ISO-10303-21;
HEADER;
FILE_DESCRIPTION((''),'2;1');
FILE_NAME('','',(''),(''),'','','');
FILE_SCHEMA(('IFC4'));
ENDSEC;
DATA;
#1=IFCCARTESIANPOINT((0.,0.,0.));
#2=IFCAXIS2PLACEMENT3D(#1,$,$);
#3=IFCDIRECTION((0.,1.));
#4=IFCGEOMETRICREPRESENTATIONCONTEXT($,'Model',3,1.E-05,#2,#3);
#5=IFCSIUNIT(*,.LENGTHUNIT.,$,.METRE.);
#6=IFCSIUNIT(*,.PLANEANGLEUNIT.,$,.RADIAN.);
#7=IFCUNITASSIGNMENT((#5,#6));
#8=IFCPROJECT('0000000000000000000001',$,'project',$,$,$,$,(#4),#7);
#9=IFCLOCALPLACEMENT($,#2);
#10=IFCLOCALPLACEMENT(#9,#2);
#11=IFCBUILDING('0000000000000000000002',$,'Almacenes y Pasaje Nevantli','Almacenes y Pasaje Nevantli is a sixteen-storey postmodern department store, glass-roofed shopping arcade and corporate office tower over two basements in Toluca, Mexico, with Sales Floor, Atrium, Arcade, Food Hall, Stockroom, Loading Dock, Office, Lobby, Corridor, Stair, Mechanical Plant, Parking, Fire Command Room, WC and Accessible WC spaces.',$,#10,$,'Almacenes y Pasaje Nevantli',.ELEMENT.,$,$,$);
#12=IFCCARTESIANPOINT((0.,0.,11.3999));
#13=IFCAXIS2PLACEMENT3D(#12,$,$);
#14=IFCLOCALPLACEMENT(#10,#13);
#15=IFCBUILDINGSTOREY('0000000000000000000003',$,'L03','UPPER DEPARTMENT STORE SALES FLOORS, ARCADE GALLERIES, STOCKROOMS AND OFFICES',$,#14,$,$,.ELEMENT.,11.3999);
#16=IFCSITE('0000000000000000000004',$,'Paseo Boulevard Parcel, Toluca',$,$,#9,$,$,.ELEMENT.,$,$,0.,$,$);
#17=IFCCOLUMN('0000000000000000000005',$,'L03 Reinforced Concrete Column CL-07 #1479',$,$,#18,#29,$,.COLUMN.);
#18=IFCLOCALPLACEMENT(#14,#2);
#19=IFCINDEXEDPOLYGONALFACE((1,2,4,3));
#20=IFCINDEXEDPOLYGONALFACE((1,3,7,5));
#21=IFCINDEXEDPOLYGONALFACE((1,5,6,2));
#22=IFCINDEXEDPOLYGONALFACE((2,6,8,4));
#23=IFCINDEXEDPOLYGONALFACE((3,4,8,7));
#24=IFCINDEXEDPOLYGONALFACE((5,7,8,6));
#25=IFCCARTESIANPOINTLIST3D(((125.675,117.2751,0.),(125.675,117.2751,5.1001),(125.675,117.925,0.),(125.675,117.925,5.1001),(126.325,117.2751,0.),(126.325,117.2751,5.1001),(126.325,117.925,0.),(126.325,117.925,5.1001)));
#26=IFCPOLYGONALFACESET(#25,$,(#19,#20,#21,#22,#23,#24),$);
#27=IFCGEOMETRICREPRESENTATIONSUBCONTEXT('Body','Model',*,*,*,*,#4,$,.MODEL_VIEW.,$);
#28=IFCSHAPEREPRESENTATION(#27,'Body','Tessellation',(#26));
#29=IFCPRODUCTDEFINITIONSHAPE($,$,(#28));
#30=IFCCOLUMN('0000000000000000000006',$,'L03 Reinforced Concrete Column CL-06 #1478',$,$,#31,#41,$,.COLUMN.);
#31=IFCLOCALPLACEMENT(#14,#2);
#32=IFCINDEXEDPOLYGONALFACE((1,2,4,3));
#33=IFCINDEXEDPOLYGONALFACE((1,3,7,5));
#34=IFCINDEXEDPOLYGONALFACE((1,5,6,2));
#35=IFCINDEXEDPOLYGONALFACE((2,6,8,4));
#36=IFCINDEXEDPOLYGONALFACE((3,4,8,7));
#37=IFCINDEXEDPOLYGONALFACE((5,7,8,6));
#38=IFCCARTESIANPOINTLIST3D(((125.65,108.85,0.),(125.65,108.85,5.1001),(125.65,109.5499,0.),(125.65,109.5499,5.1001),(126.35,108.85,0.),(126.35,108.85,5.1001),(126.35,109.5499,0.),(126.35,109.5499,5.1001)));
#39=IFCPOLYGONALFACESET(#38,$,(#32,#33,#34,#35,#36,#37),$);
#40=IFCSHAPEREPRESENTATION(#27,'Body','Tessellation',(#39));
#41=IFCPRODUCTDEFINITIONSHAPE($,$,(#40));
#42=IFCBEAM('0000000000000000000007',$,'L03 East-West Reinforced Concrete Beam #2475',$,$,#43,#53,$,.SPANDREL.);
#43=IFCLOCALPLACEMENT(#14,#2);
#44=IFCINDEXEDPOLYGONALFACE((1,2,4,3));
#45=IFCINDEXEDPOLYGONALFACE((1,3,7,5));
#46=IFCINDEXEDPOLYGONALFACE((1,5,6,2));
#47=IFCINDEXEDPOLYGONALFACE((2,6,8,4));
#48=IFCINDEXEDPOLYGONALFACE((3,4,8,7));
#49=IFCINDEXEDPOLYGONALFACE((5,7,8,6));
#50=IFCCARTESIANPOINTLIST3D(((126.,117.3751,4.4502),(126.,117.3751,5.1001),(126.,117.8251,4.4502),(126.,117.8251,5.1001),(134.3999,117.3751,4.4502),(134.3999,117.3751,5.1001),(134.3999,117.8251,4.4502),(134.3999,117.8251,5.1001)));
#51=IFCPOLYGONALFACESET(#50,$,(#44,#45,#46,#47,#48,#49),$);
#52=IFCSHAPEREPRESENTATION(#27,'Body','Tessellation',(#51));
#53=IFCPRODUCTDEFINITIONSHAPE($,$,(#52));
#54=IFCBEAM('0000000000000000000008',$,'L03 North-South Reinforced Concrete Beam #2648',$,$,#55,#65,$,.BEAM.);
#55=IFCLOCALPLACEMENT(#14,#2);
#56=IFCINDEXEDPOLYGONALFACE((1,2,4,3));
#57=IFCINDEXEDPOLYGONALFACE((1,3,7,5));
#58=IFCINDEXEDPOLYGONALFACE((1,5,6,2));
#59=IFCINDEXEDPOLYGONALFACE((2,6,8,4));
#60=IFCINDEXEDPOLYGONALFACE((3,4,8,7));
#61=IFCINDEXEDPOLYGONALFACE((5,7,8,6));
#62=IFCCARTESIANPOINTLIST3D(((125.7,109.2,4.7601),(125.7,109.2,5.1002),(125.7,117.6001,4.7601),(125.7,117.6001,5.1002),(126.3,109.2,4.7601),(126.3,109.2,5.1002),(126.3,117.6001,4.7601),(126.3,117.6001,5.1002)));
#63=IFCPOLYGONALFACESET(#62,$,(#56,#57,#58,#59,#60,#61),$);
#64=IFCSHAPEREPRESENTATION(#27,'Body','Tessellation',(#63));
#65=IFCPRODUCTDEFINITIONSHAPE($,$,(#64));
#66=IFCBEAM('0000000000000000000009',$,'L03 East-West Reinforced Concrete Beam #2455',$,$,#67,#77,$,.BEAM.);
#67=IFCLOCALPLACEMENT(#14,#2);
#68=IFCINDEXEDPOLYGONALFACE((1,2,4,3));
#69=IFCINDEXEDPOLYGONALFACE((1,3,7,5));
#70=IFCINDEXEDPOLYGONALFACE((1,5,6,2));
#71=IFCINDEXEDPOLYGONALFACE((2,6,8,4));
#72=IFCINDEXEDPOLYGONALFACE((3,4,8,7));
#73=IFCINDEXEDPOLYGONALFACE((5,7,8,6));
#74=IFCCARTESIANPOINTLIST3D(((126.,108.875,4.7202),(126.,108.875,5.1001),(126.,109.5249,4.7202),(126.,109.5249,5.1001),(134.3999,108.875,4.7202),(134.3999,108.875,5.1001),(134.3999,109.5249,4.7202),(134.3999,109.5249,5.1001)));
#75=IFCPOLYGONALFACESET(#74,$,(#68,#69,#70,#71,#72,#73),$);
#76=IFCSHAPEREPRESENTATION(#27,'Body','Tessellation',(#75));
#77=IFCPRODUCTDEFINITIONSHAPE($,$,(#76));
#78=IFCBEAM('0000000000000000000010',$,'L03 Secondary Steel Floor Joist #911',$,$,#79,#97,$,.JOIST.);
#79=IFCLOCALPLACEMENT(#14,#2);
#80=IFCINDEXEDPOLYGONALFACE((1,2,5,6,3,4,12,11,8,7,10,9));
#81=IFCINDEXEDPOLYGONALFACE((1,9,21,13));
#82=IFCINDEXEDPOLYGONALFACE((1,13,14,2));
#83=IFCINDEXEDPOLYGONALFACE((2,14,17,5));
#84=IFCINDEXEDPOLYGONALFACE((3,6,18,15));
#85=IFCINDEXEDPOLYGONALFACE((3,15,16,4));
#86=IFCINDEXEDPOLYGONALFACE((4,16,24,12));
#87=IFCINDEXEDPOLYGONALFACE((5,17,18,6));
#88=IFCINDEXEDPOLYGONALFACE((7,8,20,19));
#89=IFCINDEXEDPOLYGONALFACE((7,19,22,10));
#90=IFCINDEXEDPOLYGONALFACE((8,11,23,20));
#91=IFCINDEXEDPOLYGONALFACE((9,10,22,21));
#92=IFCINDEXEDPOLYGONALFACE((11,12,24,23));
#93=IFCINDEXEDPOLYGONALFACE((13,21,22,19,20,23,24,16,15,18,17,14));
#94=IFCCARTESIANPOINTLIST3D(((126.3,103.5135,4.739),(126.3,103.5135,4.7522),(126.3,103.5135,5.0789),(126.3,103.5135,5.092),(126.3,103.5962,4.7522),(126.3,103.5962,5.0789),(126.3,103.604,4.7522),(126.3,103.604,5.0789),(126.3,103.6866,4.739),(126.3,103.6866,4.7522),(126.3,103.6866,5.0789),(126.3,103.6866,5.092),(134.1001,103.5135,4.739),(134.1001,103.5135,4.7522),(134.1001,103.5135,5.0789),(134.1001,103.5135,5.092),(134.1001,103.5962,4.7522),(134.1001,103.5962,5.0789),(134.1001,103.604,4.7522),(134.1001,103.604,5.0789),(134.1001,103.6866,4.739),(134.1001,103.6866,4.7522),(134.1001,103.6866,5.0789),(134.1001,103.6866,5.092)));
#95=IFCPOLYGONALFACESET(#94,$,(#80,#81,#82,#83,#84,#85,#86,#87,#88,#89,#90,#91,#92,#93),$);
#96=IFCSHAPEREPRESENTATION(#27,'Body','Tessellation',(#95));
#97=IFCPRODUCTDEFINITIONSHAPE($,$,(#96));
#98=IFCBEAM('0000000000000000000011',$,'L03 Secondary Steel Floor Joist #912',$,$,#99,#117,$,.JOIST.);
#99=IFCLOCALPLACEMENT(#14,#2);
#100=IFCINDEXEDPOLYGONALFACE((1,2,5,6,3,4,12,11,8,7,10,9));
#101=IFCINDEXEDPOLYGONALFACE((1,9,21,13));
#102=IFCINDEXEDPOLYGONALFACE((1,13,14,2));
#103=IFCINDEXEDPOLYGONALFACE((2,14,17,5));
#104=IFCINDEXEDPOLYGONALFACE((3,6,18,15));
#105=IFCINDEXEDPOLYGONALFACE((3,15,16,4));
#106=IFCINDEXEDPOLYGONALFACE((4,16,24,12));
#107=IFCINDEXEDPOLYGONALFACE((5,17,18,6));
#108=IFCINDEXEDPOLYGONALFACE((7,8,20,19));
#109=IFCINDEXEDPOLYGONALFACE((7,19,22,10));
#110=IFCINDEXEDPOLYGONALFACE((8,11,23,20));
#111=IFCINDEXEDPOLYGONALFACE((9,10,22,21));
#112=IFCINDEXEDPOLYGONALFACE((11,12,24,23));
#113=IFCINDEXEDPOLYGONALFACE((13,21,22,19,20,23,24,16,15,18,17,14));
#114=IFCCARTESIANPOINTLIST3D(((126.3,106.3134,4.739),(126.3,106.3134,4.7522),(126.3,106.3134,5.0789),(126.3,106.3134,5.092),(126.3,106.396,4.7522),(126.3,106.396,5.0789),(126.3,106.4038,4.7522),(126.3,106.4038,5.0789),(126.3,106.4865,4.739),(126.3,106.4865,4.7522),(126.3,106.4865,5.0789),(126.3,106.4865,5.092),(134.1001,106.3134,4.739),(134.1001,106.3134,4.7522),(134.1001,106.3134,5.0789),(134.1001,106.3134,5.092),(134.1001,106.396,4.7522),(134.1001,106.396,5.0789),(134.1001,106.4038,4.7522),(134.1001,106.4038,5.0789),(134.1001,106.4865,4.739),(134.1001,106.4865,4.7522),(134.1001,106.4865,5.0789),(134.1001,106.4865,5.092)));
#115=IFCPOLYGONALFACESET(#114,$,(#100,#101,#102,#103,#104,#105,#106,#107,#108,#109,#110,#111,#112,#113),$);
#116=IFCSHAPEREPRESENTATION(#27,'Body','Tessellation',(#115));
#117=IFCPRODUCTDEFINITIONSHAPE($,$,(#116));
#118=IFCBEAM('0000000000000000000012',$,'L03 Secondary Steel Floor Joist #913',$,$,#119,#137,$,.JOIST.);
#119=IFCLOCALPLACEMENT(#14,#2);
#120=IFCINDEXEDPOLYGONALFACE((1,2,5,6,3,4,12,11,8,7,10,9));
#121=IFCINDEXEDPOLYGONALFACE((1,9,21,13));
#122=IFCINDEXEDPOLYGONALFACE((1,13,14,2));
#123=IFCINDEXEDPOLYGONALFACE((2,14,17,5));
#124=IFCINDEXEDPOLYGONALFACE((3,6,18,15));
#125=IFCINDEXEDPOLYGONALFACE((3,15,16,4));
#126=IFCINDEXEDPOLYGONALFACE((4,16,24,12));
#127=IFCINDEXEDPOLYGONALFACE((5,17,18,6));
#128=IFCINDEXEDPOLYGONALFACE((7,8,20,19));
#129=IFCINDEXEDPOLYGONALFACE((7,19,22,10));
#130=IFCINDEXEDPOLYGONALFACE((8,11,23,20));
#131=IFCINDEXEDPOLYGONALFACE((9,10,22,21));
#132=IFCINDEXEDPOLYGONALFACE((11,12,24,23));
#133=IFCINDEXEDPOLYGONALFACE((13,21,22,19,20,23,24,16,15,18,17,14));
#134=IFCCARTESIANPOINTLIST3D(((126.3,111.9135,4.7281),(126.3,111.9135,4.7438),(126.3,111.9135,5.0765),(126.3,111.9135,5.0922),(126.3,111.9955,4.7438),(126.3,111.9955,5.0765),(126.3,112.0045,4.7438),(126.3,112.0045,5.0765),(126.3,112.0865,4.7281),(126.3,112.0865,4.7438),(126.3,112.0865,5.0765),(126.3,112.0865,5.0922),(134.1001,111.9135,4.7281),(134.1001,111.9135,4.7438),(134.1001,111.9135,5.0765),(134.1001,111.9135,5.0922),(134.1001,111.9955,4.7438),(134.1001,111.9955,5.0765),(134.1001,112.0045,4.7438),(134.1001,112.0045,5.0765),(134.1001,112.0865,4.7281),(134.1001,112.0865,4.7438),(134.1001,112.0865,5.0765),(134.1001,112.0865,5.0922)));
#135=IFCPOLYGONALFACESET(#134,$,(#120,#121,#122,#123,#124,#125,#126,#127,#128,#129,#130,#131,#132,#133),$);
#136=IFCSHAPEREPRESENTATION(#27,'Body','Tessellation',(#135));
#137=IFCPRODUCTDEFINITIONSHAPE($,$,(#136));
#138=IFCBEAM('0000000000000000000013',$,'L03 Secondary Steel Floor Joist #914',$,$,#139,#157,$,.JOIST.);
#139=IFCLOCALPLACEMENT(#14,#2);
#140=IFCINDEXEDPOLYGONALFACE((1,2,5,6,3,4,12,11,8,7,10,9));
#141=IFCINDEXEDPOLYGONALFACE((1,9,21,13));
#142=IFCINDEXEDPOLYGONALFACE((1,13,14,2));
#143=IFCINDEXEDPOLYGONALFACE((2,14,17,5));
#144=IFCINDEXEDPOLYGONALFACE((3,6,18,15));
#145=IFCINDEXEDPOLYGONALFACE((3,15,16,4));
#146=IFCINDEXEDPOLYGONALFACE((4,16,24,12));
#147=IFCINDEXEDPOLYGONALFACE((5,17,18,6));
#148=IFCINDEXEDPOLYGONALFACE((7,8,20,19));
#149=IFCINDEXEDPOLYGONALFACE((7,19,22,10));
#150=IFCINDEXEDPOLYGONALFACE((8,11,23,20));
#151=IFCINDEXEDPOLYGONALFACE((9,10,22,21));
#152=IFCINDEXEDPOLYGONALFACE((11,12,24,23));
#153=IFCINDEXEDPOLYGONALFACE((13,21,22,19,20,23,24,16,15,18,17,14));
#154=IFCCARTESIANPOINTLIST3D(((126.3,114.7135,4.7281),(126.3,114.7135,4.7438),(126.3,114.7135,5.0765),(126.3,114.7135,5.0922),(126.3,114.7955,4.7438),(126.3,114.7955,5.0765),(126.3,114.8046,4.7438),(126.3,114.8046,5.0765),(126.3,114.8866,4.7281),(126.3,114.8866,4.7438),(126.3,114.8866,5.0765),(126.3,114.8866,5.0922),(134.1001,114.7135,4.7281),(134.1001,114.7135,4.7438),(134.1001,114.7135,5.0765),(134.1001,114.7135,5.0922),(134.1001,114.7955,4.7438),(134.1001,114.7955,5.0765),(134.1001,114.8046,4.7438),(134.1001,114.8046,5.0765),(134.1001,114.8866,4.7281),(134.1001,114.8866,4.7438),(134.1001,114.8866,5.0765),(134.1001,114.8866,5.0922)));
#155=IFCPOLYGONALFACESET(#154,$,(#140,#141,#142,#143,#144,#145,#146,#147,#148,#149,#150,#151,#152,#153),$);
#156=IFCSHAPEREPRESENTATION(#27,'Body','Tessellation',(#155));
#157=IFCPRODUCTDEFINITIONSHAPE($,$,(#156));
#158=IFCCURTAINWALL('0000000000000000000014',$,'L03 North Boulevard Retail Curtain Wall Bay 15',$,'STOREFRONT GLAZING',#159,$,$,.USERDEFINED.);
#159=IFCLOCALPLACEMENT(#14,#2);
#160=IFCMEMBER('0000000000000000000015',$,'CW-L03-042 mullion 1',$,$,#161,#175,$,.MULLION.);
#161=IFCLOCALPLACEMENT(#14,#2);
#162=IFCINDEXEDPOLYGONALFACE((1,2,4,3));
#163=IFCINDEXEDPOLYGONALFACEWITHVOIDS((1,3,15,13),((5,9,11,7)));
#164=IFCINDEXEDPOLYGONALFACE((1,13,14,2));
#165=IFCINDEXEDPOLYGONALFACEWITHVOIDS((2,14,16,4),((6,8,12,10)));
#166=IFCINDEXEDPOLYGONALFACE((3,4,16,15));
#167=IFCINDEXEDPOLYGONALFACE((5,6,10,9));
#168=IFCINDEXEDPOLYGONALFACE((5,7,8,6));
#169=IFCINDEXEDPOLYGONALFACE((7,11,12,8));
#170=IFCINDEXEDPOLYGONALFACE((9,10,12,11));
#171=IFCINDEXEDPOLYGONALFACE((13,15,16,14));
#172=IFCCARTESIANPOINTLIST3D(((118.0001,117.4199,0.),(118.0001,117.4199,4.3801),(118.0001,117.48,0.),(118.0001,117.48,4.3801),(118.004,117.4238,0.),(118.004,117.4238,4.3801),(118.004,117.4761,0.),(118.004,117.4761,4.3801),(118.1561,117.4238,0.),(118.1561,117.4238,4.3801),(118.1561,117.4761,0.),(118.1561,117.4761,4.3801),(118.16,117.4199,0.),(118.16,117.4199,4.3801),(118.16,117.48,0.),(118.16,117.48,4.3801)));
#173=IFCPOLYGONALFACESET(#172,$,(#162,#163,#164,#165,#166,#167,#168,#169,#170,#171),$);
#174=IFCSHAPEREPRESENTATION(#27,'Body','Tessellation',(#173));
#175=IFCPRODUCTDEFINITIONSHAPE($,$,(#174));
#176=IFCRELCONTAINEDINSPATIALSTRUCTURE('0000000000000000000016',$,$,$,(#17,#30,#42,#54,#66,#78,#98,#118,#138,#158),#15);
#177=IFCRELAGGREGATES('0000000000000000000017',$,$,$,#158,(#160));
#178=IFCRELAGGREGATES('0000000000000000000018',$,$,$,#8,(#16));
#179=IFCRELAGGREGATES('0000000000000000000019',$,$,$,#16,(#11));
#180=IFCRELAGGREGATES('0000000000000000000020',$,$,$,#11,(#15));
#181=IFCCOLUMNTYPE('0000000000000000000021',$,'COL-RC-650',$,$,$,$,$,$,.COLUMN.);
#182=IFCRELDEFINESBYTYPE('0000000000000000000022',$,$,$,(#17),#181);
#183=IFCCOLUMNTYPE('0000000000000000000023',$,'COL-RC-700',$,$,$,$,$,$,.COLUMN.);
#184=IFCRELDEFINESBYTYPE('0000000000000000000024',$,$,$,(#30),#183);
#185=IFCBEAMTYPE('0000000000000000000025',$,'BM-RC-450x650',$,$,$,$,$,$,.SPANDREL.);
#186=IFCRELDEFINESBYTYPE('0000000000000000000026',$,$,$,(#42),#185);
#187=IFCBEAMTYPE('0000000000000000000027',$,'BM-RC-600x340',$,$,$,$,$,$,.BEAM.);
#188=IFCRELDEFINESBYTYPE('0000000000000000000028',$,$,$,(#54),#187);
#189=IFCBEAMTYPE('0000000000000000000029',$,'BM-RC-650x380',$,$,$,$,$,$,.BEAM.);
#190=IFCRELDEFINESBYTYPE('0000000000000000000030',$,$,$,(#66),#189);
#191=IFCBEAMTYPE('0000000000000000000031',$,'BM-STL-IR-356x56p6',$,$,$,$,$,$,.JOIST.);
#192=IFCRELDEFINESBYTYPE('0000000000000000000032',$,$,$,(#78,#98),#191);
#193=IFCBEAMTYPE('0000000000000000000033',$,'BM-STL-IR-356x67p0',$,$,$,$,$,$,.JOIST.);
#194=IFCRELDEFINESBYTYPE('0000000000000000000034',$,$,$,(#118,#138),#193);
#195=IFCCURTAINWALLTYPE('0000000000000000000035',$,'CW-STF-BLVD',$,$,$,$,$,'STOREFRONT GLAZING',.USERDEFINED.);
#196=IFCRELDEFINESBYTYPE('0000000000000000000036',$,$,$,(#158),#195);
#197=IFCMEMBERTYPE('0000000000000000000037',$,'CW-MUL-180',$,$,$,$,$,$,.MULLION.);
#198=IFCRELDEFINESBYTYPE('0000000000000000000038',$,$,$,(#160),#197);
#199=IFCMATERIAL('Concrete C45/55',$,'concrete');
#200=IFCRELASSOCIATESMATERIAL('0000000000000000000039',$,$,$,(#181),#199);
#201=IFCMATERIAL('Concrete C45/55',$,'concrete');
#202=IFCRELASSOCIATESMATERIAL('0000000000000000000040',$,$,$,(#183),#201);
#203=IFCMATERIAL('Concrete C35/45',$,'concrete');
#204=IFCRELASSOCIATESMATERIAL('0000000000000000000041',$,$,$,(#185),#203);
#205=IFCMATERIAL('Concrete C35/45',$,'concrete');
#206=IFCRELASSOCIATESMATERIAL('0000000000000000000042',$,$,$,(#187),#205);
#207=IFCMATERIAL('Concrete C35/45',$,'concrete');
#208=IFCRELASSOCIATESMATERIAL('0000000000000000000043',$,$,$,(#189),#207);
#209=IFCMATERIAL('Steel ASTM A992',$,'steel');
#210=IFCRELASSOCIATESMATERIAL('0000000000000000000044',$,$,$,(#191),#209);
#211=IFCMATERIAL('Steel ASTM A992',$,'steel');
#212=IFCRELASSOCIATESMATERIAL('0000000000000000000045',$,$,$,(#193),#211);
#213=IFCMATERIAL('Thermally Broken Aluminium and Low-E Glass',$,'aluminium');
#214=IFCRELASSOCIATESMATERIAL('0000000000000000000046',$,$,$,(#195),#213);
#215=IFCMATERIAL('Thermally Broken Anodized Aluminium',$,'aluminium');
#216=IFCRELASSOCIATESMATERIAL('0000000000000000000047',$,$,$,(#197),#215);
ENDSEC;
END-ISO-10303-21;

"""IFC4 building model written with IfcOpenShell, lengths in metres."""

from ifc_helpers import new_model, si_unit, direction, frame, origin, origin_2d, place, context, subcontext, project, spatial, rectangle, hollow_rectangle, i_section, extrude, material, material_profile, profile_set, type_object, element, aggregate, save


model = new_model("IFC4")

# Units and contexts
model_context = context("Model", 3, precision=1e-05, world=origin(), true_north=direction((0.0, 1.0)))
body_context = subcontext(model_context, "Body", "Model", "MODEL_VIEW")
ifc_project = project(units=[si_unit("LENGTHUNIT", "METRE"), si_unit("PLANEANGLEUNIT", "RADIAN")], contexts=[model_context])

# Site, building, storey
site_placement = place(None, origin())
site = spatial("IfcSite", under=ifc_project, at=site_placement, Name="Paseo Boulevard Parcel, Toluca", CompositionType="ELEMENT", RefElevation=0.0)
building_placement = place(site_placement, origin())
building = spatial("IfcBuilding", under=site, at=building_placement, Name="Almacenes y Pasaje Nevantli", Description="Almacenes y Pasaje Nevantli is a sixteen-storey postmodern department store, glass-roofed shopping arcade and corporate office tower over two basements in Toluca, Mexico, with Sales Floor, Atrium, Arcade, Food Hall, Stockroom, Loading Dock, Office, Lobby, Corridor, Stair, Mechanical Plant, Parking, Fire Command Room, WC and Accessible WC spaces.", LongName="Almacenes y Pasaje Nevantli", CompositionType="ELEMENT")
storey_placement = place(building_placement, frame((0.0, 0.0, 11.3999)))
storey = spatial("IfcBuildingStorey", under=building, at=storey_placement, Name="L03", Description="UPPER DEPARTMENT STORE SALES FLOORS, ARCADE GALLERIES, STOCKROOMS AND OFFICES", CompositionType="ELEMENT", Elevation=11.3999)

# Columns
ifc_material_1 = material(Name="Concrete C45/55", Category="concrete")
ifc_material_profile_1 = material_profile(ifc_material_1, rectangle(XDim=0.6499, YDim=0.6499, at=origin_2d()), Name="RC-COL-650x650")
ifc_profile_set_1 = profile_set([ifc_material_profile_1], Name="Concrete C45/55")
column_type_1 = type_object("IfcColumnType", Name="COL-RC-650", PredefinedType="COLUMN", material=ifc_profile_set_1)
column_1_placement = place(storey_placement, frame((126.0, 117.6001, 0.0), z_axis=(0.0, 0.0, 1.0), x_axis=(1.0, 0.0, 0.0)))
element("IfcColumn", 1, at=column_1_placement, inside=storey, type_object=column_type_1, Name="L03 Reinforced Concrete Column CL-07 #1479", PredefinedType="COLUMN", context=body_context, shape_type="SweptSolid", body=[
    extrude(rectangle(XDim=0.6499, YDim=0.6499, at=origin_2d()), origin(), (0.0, 0.0, 1.0), 5.1001),
])
ifc_material_2 = material(Name="Concrete C45/55", Category="concrete")
ifc_material_profile_2 = material_profile(ifc_material_2, rectangle(XDim=0.7, YDim=0.7, at=origin_2d()), Name="RC-COL-700x700")
ifc_profile_set_2 = profile_set([ifc_material_profile_2], Name="Concrete C45/55")
column_type_2 = type_object("IfcColumnType", Name="COL-RC-700", PredefinedType="COLUMN", material=ifc_profile_set_2)
column_2_placement = place(storey_placement, frame((126.0, 109.2, 0.0), z_axis=(0.0, 0.0, 1.0), x_axis=(1.0, 0.0, 0.0)))
element("IfcColumn", 2, at=column_2_placement, inside=storey, type_object=column_type_2, Name="L03 Reinforced Concrete Column CL-06 #1478", PredefinedType="COLUMN", context=body_context, shape_type="SweptSolid", body=[
    extrude(rectangle(XDim=0.7, YDim=0.7, at=origin_2d()), origin(), (0.0, 0.0, 1.0), 5.1001),
])

# Beams
ifc_material_3 = material(Name="Concrete C35/45", Category="concrete")
ifc_material_profile_3 = material_profile(ifc_material_3, rectangle(XDim=0.45, YDim=0.6499, at=origin_2d()), Name="RC-BM-450x650")
ifc_profile_set_3 = profile_set([ifc_material_profile_3], Name="Concrete C35/45")
beam_type_1 = type_object("IfcBeamType", Name="BM-RC-450x650", PredefinedType="SPANDREL", material=ifc_profile_set_3)
beam_1_placement = place(storey_placement, frame((126.0, 117.6001, 4.7751), z_axis=(1.0, 0.0, 0.0), x_axis=(0.0, 1.0, 0.0)))
element("IfcBeam", 3, at=beam_1_placement, inside=storey, type_object=beam_type_1, Name="L03 East-West Reinforced Concrete Beam #2475", PredefinedType="SPANDREL", context=body_context, shape_type="SweptSolid", body=[
    extrude(rectangle(XDim=0.45, YDim=0.6499, at=origin_2d()), origin(), (0.0, 0.0, 1.0), 8.3999),
])
ifc_material_4 = material(Name="Concrete C35/45", Category="concrete")
ifc_material_profile_4 = material_profile(ifc_material_4, rectangle(XDim=0.6001, YDim=0.3401, at=origin_2d()), Name="RC-BM-600x340")
ifc_profile_set_4 = profile_set([ifc_material_profile_4], Name="Concrete C35/45")
beam_type_2 = type_object("IfcBeamType", Name="BM-RC-600x340", PredefinedType="BEAM", material=ifc_profile_set_4)
beam_2_placement = place(storey_placement, frame((126.0, 109.2, 4.9302), z_axis=(0.0, 1.0, 0.0), x_axis=(-1.0, 0.0, 0.0)))
element("IfcBeam", 4, at=beam_2_placement, inside=storey, type_object=beam_type_2, Name="L03 North-South Reinforced Concrete Beam #2648", PredefinedType="BEAM", context=body_context, shape_type="SweptSolid", body=[
    extrude(rectangle(XDim=0.6001, YDim=0.3401, at=origin_2d()), origin(), (0.0, 0.0, 1.0), 8.4001),
])
ifc_material_5 = material(Name="Concrete C35/45", Category="concrete")
ifc_material_profile_5 = material_profile(ifc_material_5, rectangle(XDim=0.6499, YDim=0.3799, at=origin_2d()), Name="RC-BM-650x380")
ifc_profile_set_5 = profile_set([ifc_material_profile_5], Name="Concrete C35/45")
beam_type_3 = type_object("IfcBeamType", Name="BM-RC-650x380", PredefinedType="BEAM", material=ifc_profile_set_5)
beam_3_placement = place(storey_placement, frame((126.0, 109.2, 4.9102), z_axis=(1.0, 0.0, 0.0), x_axis=(0.0, 1.0, 0.0)))
element("IfcBeam", 5, at=beam_3_placement, inside=storey, type_object=beam_type_3, Name="L03 East-West Reinforced Concrete Beam #2455", PredefinedType="BEAM", context=body_context, shape_type="SweptSolid", body=[
    extrude(rectangle(XDim=0.6499, YDim=0.3799, at=origin_2d()), origin(), (0.0, 0.0, 1.0), 8.3999),
])
ifc_material_6 = material(Name="Steel ASTM A992", Category="steel")
ifc_material_profile_6 = material_profile(ifc_material_6, i_section(OverallWidth=0.1731, OverallDepth=0.353, WebThickness=0.0078, FlangeThickness=0.0132, at=origin_2d()), Name="IR 356x56.6")
ifc_profile_set_6 = profile_set([ifc_material_profile_6], Name="Steel ASTM A992")
beam_type_4 = type_object("IfcBeamType", Name="BM-STL-IR-356x56p6", PredefinedType="JOIST", material=ifc_profile_set_6)
for number, where, z_axis, x_axis, name in (
    (6, (126.3, 103.6001, 4.9155), (1.0, 0.0, 0.0), (0.0, 1.0, 0.0), "L03 Secondary Steel Floor Joist #911"),
    (7, (126.3, 106.3999, 4.9155), (1.0, 0.0, 0.0), (0.0, 1.0, 0.0), "L03 Secondary Steel Floor Joist #912"),
):
    element("IfcBeam", number, at=place(storey_placement, frame(where, z_axis=z_axis, x_axis=x_axis)), inside=storey, type_object=beam_type_4, Name=name, PredefinedType="JOIST", context=body_context, shape_type="SweptSolid", body=[
        extrude(i_section(OverallWidth=0.1731, OverallDepth=0.353, WebThickness=0.0078, FlangeThickness=0.0132, at=origin_2d()), origin(), (0.0, 0.0, 1.0), 7.8),
    ])
ifc_material_7 = material(Name="Steel ASTM A992", Category="steel")
ifc_material_profile_7 = material_profile(ifc_material_7, i_section(OverallWidth=0.1731, OverallDepth=0.364, WebThickness=0.009, FlangeThickness=0.0156, at=origin_2d()), Name="IR 356x67.0")
ifc_profile_set_7 = profile_set([ifc_material_profile_7], Name="Steel ASTM A992")
beam_type_5 = type_object("IfcBeamType", Name="BM-STL-IR-356x67p0", PredefinedType="JOIST", material=ifc_profile_set_7)
for number, where, z_axis, x_axis, name in (
    (8, (126.3, 112.0, 4.9102), (1.0, 0.0, 0.0), (0.0, 1.0, 0.0), "L03 Secondary Steel Floor Joist #913"),
    (9, (126.3, 114.8, 4.9102), (1.0, 0.0, 0.0), (0.0, 1.0, 0.0), "L03 Secondary Steel Floor Joist #914"),
):
    element("IfcBeam", number, at=place(storey_placement, frame(where, z_axis=z_axis, x_axis=x_axis)), inside=storey, type_object=beam_type_5, Name=name, PredefinedType="JOIST", context=body_context, shape_type="SweptSolid", body=[
        extrude(i_section(OverallWidth=0.1731, OverallDepth=0.364, WebThickness=0.009, FlangeThickness=0.0156, at=origin_2d()), origin(), (0.0, 0.0, 1.0), 7.8),
    ])

# Curtain wall, member
ifc_material_8 = material(Name="Thermally Broken Aluminium and Low-E Glass", Category="aluminium")
curtain_wall_type = type_object("IfcCurtainWallType", Name="CW-STF-BLVD", ElementType="STOREFRONT GLAZING", PredefinedType="USERDEFINED", material=ifc_material_8)
curtain_wall_placement = place(storey_placement, origin())
curtain_wall = element("IfcCurtainWall", 10, at=curtain_wall_placement, inside=storey, type_object=curtain_wall_type, Name="L03 North Boulevard Retail Curtain Wall Bay 15", ObjectType="STOREFRONT GLAZING", PredefinedType="USERDEFINED")
ifc_material_9 = material(Name="Thermally Broken Anodized Aluminium", Category="aluminium")
ifc_material_profile_8 = material_profile(ifc_material_9, hollow_rectangle(XDim=0.0601, YDim=0.1599, WallThickness=0.0039, at=origin_2d()), Name="ALU-MUL-60x160")
ifc_profile_set_8 = profile_set([ifc_material_profile_8], Name="Thermally Broken Anodized Aluminium")
member_type_1 = type_object("IfcMemberType", Name="CW-MUL-180", PredefinedType="MULLION", material=ifc_profile_set_8)
member_1_placement = place(storey_placement, frame((118.0801, 117.45, 0.0), z_axis=(0.0, 0.0, 1.0), x_axis=(0.0, 1.0, 0.0)))
member_1 = element("IfcMember", 11, at=member_1_placement, type_object=member_type_1, Name="CW-L03-042 mullion 1", PredefinedType="MULLION", context=body_context, shape_type="SweptSolid", body=[
    extrude(hollow_rectangle(XDim=0.0601, YDim=0.1599, WallThickness=0.0039, at=origin_2d()), origin(), (0.0, 0.0, 1.0), 4.3801),
])
aggregate(curtain_wall, [member_1])

save(model, "model.ifc")
